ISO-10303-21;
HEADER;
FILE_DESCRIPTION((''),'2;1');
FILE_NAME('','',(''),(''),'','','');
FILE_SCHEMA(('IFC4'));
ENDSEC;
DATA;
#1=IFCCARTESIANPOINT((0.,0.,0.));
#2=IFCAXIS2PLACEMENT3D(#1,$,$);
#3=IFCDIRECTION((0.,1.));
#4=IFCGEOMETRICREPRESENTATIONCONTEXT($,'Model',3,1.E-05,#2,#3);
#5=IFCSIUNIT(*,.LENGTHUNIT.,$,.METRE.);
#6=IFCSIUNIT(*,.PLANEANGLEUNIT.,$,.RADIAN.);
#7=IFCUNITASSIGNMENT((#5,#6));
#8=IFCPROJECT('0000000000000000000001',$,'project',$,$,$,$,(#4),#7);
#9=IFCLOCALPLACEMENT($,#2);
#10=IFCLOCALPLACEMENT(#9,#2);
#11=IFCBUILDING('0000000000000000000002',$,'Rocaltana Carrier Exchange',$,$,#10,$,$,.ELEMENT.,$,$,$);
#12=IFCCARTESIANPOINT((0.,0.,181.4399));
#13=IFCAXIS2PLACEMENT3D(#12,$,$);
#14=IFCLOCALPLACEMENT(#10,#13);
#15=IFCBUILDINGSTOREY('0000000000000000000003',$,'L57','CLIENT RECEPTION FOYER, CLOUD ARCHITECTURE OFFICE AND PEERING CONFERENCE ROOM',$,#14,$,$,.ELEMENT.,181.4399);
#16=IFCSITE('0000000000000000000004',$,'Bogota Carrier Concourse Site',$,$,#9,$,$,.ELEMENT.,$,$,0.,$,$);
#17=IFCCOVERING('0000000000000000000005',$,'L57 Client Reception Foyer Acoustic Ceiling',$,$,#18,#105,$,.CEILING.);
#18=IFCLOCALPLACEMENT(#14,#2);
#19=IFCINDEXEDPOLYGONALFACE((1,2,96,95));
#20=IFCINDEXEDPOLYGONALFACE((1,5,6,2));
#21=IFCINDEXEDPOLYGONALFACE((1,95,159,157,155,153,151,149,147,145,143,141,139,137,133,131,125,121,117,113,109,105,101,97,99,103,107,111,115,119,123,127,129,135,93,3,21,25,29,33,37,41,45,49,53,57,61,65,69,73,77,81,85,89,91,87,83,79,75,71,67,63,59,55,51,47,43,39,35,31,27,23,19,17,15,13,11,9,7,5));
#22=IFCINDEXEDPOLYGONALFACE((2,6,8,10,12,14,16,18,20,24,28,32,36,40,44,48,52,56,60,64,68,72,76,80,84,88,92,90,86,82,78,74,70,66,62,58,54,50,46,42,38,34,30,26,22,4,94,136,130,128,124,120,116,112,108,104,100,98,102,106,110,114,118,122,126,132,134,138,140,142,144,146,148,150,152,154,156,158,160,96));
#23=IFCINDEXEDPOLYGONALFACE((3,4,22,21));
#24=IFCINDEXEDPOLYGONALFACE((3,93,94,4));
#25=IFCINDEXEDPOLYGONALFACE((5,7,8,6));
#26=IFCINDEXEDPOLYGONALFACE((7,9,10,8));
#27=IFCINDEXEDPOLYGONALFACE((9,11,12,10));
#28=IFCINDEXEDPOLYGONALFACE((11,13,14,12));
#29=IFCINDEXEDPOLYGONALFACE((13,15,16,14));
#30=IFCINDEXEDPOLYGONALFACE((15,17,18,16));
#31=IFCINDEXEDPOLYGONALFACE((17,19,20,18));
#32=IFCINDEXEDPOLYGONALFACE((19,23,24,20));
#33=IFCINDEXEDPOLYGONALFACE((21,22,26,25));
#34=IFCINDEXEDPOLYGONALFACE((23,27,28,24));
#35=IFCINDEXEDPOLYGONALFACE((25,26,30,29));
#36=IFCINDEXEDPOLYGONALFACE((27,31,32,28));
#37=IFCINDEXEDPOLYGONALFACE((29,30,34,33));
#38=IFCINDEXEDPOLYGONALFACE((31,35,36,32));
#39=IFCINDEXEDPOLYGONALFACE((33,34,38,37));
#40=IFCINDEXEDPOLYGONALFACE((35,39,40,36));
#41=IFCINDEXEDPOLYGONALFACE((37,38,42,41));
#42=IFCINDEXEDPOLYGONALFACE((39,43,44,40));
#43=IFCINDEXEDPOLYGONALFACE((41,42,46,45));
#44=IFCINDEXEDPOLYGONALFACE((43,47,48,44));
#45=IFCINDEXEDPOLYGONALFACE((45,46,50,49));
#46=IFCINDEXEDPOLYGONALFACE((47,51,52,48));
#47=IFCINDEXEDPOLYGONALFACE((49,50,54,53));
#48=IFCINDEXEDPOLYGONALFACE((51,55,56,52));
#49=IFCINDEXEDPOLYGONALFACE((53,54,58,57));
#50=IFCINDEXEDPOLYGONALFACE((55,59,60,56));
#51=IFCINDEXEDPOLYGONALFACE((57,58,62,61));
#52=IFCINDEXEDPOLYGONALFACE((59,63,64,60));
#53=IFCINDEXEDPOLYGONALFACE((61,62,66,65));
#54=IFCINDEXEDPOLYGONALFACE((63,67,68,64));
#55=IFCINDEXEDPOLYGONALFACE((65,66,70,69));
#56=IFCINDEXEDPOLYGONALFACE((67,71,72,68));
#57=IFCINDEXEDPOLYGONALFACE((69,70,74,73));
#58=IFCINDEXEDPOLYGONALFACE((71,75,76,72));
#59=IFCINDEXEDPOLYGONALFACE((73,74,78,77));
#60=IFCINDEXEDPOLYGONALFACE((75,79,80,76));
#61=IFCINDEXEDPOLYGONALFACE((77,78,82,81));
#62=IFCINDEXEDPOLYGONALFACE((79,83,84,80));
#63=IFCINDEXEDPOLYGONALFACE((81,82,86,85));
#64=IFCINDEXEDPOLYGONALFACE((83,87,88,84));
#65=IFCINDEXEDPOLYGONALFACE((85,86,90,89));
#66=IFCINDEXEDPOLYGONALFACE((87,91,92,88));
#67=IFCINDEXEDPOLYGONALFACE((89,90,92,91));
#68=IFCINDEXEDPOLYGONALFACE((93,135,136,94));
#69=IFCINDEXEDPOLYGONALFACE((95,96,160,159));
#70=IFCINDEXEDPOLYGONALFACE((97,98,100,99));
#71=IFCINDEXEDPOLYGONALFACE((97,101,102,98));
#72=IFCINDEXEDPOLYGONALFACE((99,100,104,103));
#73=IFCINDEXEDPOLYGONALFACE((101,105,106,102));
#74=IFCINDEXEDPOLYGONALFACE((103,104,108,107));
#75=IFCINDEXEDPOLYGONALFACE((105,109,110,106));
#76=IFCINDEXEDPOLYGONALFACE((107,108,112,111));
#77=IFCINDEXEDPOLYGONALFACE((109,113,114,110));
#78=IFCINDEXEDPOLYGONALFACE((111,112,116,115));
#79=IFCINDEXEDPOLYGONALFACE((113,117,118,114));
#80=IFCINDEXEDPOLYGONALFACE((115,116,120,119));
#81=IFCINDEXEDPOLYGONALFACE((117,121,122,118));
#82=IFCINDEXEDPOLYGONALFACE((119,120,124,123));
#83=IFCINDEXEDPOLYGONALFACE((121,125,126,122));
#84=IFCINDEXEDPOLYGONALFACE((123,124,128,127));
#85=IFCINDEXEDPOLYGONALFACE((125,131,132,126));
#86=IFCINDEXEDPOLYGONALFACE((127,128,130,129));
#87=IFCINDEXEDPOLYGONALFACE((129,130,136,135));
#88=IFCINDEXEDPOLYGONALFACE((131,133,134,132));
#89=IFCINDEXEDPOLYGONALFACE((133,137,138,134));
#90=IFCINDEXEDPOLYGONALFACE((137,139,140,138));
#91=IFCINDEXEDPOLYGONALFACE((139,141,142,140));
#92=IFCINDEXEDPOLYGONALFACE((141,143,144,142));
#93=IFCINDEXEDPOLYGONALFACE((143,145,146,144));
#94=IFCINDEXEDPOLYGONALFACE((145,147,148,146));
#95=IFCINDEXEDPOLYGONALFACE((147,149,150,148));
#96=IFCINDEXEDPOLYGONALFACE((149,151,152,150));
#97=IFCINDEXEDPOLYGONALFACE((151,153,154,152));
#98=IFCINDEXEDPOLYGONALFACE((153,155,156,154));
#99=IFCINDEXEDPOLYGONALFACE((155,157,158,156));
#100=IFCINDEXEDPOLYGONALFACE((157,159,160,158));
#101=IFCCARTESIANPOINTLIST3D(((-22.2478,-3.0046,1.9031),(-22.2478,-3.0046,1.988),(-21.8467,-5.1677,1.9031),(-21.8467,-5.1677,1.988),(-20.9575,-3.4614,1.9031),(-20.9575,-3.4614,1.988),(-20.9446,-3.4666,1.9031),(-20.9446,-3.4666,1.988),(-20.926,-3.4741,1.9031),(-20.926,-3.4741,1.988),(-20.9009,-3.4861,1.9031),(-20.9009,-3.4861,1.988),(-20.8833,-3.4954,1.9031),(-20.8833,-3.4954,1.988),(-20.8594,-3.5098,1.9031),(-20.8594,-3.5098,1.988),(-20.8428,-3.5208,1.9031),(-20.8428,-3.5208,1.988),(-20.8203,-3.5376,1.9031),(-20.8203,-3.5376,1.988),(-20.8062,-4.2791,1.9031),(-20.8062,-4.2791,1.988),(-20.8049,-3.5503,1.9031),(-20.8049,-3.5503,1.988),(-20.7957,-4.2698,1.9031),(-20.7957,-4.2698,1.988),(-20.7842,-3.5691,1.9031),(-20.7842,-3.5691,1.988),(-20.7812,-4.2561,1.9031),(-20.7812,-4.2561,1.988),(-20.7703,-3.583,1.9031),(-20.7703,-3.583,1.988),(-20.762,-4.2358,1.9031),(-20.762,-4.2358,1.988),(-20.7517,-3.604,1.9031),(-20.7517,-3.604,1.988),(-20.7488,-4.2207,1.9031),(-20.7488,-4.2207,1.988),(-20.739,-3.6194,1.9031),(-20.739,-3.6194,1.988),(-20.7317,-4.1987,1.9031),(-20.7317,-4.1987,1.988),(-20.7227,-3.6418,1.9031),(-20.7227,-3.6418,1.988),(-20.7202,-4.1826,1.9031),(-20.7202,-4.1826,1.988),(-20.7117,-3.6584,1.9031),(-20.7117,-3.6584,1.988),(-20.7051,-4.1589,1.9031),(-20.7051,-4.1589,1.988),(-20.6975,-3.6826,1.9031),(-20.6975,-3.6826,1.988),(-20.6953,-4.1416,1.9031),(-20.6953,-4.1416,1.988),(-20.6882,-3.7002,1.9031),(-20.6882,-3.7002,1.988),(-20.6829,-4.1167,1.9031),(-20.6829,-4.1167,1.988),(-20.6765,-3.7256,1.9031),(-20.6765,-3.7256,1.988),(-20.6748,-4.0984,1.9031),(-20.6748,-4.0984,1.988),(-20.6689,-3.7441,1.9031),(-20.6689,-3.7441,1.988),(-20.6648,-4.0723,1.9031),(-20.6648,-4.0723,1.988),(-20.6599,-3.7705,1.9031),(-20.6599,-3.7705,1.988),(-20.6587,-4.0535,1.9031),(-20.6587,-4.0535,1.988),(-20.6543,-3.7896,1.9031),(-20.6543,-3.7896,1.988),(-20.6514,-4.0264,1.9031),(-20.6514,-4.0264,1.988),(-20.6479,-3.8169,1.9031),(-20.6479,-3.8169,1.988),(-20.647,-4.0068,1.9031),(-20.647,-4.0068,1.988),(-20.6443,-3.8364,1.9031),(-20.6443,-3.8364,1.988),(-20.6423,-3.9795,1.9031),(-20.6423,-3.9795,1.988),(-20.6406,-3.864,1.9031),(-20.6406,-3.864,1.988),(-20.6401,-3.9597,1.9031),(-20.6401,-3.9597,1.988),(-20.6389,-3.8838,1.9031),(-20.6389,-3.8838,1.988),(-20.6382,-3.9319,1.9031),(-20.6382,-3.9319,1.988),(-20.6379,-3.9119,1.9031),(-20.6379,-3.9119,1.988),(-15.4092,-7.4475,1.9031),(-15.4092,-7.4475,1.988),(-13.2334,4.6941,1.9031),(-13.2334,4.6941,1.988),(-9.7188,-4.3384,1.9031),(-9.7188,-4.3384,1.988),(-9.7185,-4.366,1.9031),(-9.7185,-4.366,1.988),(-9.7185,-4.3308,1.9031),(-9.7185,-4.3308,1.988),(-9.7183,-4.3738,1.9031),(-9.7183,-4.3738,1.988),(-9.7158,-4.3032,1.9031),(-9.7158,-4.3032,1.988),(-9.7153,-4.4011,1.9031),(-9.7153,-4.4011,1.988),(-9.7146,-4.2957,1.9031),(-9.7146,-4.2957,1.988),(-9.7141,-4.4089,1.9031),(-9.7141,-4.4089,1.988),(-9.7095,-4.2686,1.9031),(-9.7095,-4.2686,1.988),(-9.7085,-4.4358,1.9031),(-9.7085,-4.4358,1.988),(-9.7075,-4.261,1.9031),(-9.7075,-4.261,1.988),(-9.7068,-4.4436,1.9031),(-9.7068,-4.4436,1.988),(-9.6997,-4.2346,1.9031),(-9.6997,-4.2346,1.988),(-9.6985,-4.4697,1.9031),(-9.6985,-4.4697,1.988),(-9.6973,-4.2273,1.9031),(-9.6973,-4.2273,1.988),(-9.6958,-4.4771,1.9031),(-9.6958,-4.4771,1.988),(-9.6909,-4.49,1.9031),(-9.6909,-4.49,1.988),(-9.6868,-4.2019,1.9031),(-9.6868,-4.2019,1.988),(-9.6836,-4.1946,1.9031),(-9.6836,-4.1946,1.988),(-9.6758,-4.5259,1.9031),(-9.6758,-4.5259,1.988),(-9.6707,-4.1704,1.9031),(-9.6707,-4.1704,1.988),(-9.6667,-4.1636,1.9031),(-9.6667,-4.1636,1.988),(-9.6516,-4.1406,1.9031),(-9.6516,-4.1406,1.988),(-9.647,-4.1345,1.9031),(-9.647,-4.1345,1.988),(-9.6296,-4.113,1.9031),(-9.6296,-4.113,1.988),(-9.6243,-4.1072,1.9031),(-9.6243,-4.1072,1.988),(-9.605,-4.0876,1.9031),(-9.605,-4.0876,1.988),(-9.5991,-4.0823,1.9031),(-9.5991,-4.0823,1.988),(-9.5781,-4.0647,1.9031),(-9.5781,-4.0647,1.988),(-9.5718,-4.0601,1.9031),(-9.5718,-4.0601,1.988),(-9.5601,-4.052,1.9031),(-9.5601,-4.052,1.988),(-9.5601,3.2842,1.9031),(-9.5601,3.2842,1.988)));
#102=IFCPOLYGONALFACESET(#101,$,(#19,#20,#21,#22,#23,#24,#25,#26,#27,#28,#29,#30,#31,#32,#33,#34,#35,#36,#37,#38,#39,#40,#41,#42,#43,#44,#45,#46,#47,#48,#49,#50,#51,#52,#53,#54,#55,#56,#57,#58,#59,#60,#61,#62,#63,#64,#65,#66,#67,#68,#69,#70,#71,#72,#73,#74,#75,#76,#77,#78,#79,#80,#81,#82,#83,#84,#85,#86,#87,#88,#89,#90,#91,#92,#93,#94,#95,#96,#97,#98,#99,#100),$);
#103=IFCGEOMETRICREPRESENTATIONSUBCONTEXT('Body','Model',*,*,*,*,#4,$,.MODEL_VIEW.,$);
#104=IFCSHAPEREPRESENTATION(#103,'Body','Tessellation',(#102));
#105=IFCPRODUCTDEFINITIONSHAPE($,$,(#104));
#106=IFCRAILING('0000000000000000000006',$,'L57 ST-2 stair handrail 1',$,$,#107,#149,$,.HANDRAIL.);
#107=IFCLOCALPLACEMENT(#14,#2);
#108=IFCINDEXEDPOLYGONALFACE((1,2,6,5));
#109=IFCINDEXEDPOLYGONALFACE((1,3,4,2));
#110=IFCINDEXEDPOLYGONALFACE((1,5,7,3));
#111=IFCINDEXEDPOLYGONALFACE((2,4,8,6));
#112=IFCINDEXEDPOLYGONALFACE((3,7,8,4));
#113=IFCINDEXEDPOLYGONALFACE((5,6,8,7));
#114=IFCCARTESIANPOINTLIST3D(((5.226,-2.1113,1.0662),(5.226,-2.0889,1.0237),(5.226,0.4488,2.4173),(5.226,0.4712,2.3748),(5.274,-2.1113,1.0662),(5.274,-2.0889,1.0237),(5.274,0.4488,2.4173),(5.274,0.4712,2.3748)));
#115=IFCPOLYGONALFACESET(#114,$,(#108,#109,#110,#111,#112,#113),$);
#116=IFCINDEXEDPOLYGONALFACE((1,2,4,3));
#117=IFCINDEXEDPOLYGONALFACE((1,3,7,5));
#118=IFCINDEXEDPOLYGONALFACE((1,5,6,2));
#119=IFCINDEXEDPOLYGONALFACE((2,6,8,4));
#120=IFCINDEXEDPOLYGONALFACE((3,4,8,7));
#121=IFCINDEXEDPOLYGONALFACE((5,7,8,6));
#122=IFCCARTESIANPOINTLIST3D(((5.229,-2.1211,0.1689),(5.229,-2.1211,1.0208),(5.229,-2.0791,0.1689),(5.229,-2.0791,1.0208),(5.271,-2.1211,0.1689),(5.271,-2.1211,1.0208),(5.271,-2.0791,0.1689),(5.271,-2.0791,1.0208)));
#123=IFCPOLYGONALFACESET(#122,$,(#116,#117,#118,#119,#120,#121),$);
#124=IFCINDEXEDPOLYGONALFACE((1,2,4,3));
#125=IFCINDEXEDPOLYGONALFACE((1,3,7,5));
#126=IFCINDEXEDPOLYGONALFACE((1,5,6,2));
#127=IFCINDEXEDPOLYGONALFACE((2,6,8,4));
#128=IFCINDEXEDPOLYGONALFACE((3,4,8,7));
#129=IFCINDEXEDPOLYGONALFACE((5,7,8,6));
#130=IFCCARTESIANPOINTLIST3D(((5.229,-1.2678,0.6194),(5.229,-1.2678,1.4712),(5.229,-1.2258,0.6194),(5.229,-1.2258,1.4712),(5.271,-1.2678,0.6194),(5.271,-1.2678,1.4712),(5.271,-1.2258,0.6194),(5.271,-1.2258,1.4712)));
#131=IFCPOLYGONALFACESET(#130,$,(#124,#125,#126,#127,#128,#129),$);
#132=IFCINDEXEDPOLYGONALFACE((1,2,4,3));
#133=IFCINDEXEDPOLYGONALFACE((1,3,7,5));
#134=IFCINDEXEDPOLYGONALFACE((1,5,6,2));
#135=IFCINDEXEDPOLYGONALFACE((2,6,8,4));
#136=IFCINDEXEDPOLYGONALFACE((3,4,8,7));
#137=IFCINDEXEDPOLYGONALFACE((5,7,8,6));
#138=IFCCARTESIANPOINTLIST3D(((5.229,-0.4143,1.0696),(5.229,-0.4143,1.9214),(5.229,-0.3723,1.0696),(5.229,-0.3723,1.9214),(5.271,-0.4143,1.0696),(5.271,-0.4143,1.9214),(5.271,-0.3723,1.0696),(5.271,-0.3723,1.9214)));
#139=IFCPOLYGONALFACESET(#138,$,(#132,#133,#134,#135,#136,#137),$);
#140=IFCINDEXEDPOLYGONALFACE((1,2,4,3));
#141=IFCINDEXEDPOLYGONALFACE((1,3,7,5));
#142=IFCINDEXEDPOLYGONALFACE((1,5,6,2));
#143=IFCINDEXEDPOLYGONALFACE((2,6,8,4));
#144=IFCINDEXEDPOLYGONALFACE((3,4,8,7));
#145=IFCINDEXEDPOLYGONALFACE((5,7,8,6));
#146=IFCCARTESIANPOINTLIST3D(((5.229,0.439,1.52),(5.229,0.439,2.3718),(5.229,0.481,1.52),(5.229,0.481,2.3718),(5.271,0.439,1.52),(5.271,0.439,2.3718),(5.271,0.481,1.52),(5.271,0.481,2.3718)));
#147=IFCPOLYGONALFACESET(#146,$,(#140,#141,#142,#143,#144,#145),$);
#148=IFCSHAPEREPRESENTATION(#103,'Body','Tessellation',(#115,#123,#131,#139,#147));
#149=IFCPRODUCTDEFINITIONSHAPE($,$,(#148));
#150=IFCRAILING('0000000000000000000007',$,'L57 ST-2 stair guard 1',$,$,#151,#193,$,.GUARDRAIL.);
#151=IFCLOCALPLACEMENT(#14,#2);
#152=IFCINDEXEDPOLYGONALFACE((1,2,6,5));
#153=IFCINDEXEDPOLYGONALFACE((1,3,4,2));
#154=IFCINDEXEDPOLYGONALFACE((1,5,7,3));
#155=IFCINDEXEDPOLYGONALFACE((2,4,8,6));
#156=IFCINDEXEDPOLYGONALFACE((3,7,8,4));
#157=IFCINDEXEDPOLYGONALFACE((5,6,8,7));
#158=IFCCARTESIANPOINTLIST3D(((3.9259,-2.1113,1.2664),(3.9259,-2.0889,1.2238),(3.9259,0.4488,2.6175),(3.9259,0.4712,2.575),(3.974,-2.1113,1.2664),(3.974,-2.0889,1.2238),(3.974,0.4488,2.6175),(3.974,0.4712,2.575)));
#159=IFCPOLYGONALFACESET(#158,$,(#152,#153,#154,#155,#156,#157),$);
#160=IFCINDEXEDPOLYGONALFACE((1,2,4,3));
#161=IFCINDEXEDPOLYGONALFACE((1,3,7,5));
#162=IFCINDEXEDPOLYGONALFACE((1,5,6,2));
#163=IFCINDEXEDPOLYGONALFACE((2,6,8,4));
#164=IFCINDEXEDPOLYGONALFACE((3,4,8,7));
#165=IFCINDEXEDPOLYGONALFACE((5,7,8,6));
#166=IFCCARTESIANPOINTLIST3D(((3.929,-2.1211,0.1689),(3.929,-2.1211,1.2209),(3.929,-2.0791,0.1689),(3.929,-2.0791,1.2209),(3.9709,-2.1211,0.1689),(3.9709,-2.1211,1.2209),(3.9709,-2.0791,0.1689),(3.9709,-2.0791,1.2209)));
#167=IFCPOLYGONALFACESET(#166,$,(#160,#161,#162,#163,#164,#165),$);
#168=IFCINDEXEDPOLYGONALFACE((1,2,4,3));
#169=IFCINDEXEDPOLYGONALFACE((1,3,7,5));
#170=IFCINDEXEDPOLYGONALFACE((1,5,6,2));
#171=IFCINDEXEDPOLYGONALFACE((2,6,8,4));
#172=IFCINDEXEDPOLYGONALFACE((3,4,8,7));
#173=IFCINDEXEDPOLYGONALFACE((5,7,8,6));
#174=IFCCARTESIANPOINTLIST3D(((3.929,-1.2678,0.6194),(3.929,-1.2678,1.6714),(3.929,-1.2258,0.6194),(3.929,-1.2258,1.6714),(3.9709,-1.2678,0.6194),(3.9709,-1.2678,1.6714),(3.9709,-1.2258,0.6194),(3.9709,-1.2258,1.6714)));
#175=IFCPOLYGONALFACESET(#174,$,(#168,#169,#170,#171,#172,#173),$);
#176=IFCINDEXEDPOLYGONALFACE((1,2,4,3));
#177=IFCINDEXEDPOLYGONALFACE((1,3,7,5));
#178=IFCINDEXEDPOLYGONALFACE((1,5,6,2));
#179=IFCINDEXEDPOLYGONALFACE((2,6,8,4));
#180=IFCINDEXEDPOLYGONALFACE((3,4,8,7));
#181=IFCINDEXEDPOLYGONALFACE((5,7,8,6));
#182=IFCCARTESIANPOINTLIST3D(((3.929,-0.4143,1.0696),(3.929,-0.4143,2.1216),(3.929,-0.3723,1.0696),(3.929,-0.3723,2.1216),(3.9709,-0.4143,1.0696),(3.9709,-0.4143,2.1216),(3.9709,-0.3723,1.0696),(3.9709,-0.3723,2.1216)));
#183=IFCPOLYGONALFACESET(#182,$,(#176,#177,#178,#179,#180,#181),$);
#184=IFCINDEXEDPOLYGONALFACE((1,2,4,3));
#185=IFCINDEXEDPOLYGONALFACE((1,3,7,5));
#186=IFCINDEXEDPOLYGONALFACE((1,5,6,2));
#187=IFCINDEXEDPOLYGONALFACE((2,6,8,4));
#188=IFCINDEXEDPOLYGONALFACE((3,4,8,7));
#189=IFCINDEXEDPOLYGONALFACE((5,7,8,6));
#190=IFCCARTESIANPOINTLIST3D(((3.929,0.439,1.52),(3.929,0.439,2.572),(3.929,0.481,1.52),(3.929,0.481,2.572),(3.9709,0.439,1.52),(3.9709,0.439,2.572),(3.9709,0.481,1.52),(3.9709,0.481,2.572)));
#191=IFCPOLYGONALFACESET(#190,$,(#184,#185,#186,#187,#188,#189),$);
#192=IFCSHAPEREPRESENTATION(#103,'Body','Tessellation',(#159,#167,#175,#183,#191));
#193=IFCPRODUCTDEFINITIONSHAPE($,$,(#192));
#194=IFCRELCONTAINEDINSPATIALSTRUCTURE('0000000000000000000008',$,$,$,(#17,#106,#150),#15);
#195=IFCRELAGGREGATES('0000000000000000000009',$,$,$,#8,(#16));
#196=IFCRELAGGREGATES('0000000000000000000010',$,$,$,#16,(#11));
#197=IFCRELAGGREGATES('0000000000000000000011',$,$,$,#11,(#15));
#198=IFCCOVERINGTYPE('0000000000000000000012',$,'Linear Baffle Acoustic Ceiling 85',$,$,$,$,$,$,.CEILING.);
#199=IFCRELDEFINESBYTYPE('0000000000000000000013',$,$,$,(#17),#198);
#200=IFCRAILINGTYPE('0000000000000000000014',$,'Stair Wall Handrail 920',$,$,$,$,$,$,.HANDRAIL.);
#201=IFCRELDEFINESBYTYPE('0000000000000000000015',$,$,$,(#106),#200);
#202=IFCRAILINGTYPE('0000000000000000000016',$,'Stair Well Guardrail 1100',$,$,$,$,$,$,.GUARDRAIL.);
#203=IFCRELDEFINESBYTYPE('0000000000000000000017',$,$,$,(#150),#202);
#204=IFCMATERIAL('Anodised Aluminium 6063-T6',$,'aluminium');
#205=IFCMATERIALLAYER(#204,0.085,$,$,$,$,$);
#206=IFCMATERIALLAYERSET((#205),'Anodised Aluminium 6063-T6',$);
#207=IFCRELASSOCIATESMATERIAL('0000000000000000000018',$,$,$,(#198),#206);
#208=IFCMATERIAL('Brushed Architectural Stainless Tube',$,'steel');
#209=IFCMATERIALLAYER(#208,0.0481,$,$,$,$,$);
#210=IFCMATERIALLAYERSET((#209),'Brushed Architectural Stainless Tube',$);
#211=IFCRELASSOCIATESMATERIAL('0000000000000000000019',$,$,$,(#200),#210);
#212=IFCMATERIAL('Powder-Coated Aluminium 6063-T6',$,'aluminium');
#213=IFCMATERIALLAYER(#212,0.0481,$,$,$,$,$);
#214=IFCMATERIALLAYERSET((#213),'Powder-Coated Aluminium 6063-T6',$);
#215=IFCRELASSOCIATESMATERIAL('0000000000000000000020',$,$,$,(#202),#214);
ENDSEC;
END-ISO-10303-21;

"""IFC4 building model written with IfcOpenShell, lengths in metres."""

from ifc_helpers import new_model, si_unit, direction, frame, origin, origin_2d, place, context, subcontext, project, spatial, polyline, rectangle, outline, extrude, material, layer, layer_set, type_object, element, save


model = new_model("IFC4")

# Units and contexts
model_context = context("Model", 3, precision=1e-05, world=origin(), true_north=direction((0.0, 1.0)))
body_context = subcontext(model_context, "Body", "Model", "MODEL_VIEW")
ifc_project = project(units=[si_unit("LENGTHUNIT", "METRE"), si_unit("PLANEANGLEUNIT", "RADIAN")], contexts=[model_context])

# Site, building, storey
site_placement = place(None, origin())
site = spatial("IfcSite", under=ifc_project, at=site_placement, Name="Bogota Carrier Concourse Site", CompositionType="ELEMENT", RefElevation=0.0)
building_placement = place(site_placement, origin())
building = spatial("IfcBuilding", under=site, at=building_placement, Name="Rocaltana Carrier Exchange", CompositionType="ELEMENT")
storey_placement = place(building_placement, frame((0.0, 0.0, 181.4399)))
storey = spatial("IfcBuildingStorey", under=building, at=storey_placement, Name="L57", Description="CLIENT RECEPTION FOYER, CLOUD ARCHITECTURE OFFICE AND PEERING CONFERENCE ROOM", CompositionType="ELEMENT", Elevation=181.4399)

# Covering
ifc_material_1 = material(Name="Anodised Aluminium 6063-T6", Category="aluminium")
ifc_layer_1 = layer(ifc_material_1, 0.085)
ifc_layer_set_1 = layer_set([ifc_layer_1], Name="Anodised Aluminium 6063-T6")
covering_type_1 = type_object("IfcCoveringType", Name="Linear Baffle Acoustic Ceiling 85", PredefinedType="CEILING", material=ifc_layer_set_1)
covering_1_placement = place(storey_placement, frame((0.0, 0.0, 1.9031)))
element("IfcCovering", 1, at=covering_1_placement, inside=storey, type_object=covering_type_1, Name="L57 Client Reception Foyer Acoustic Ceiling", PredefinedType="CEILING", context=body_context, shape_type="SweptSolid", body=[
    extrude(outline(polyline([(-20.8062, -4.2791), (-20.7957, -4.2698), (-20.7812, -4.2561), (-20.762, -4.2358), (-20.7488, -4.2207), (-20.7317, -4.1987), (-20.7202, -4.1826), (-20.7051, -4.1589), (-20.6953, -4.1416), (-20.6829, -4.1167), (-20.6748, -4.0984), (-20.6648, -4.0723), (-20.6587, -4.0535), (-20.6514, -4.0264), (-20.647, -4.0068), (-20.6423, -3.9795), (-20.6401, -3.9597), (-20.6382, -3.9319), (-20.6379, -3.9119), (-20.6389, -3.8838), (-20.6406, -3.864), (-20.6443, -3.8364), (-20.6479, -3.8169), (-20.6543, -3.7896), (-20.6599, -3.7705), (-20.6689, -3.7441), (-20.6765, -3.7256), (-20.6882, -3.7002), (-20.6975, -3.6826), (-20.7117, -3.6584), (-20.7227, -3.6418), (-20.739, -3.6194), (-20.7517, -3.604), (-20.7703, -3.583), (-20.7842, -3.5691), (-20.8049, -3.5503), (-20.8203, -3.5376), (-20.8428, -3.5208), (-20.8594, -3.5098), (-20.8833, -3.4954), (-20.9009, -3.4861), (-20.926, -3.4741), (-20.9446, -3.4666), (-20.9575, -3.4614), (-22.2478, -3.0046), (-13.2334, 4.6941), (-9.5601, 3.2842), (-9.5601, -4.052), (-9.5718, -4.0601), (-9.5781, -4.0647), (-9.5991, -4.0823), (-9.605, -4.0876), (-9.6243, -4.1072), (-9.6296, -4.113), (-9.647, -4.1345), (-9.6516, -4.1406), (-9.6667, -4.1636), (-9.6707, -4.1704), (-9.6836, -4.1946), (-9.6868, -4.2019), (-9.6973, -4.2273), (-9.6997, -4.2346), (-9.7075, -4.261), (-9.7095, -4.2686), (-9.7146, -4.2957), (-9.7158, -4.3032), (-9.7185, -4.3308), (-9.7188, -4.3384), (-9.7185, -4.366), (-9.7183, -4.3738), (-9.7153, -4.4011), (-9.7141, -4.4089), (-9.7085, -4.4358), (-9.7068, -4.4436), (-9.6985, -4.4697), (-9.6958, -4.4771), (-9.6909, -4.49), (-9.6758, -4.5259), (-15.4092, -7.4475), (-21.8467, -5.1677), (-20.8062, -4.2791)])), origin(), (0.0, 0.0, 1.0), 0.085),
])

# Railings
ifc_material_2 = material(Name="Brushed Architectural Stainless Tube", Category="steel")
ifc_layer_2 = layer(ifc_material_2, 0.0481)
ifc_layer_set_2 = layer_set([ifc_layer_2], Name="Brushed Architectural Stainless Tube")
railing_type_1 = type_object("IfcRailingType", Name="Stair Wall Handrail 920", PredefinedType="HANDRAIL", material=ifc_layer_set_2)
railing_1_placement = place(storey_placement, frame((5.25, -2.1001, 0.1689)))
element("IfcRailing", 2, at=railing_1_placement, inside=storey, type_object=railing_type_1, Name="L57 ST-2 stair handrail 1", PredefinedType="HANDRAIL", context=body_context, shape_type="SweptSolid", body=[
    extrude(rectangle(XDim=0.0481, YDim=0.0481, at=origin_2d()), frame((0.0, 0.0, 0.876), z_axis=(0.0, 0.884394, 0.46674), x_axis=(-1.0, 0.0, 0.0)), (0.0, 0.0, 1.0), 2.8948),
    extrude(rectangle(XDim=0.042, YDim=0.042, at=origin_2d()), origin(), (0.0, 0.0, 1.0), 0.8518),
    extrude(rectangle(XDim=0.042, YDim=0.042, at=origin_2d()), frame((0.0, 0.8533, 0.4504)), (0.0, 0.0, 1.0), 0.8518),
    extrude(rectangle(XDim=0.042, YDim=0.042, at=origin_2d()), frame((0.0, 1.7068, 0.9006)), (0.0, 0.0, 1.0), 0.8518),
    extrude(rectangle(XDim=0.042, YDim=0.042, at=origin_2d()), frame((0.0, 2.5601, 1.3511)), (0.0, 0.0, 1.0), 0.8518),
])
ifc_material_3 = material(Name="Powder-Coated Aluminium 6063-T6", Category="aluminium")
ifc_layer_3 = layer(ifc_material_3, 0.0481)
ifc_layer_set_3 = layer_set([ifc_layer_3], Name="Powder-Coated Aluminium 6063-T6")
railing_type_2 = type_object("IfcRailingType", Name="Stair Well Guardrail 1100", PredefinedType="GUARDRAIL", material=ifc_layer_set_3)
railing_2_placement = place(storey_placement, frame((3.95, -2.1001, 0.1689)))
element("IfcRailing", 3, at=railing_2_placement, inside=storey, type_object=railing_type_2, Name="L57 ST-2 stair guard 1", PredefinedType="GUARDRAIL", context=body_context, shape_type="SweptSolid", body=[
    extrude(rectangle(XDim=0.0481, YDim=0.0481, at=origin_2d()), frame((0.0, 0.0, 1.0762), z_axis=(0.0, 0.884394, 0.46674), x_axis=(-1.0, 0.0, 0.0)), (0.0, 0.0, 1.0), 2.8948),
    extrude(rectangle(XDim=0.042, YDim=0.042, at=origin_2d()), origin(), (0.0, 0.0, 1.0), 1.052),
    extrude(rectangle(XDim=0.042, YDim=0.042, at=origin_2d()), frame((0.0, 0.8533, 0.4504)), (0.0, 0.0, 1.0), 1.052),
    extrude(rectangle(XDim=0.042, YDim=0.042, at=origin_2d()), frame((0.0, 1.7068, 0.9006)), (0.0, 0.0, 1.0), 1.052),
    extrude(rectangle(XDim=0.042, YDim=0.042, at=origin_2d()), frame((0.0, 2.5601, 1.3511)), (0.0, 0.0, 1.0), 1.052),
])

save(model, "model.ifc")
